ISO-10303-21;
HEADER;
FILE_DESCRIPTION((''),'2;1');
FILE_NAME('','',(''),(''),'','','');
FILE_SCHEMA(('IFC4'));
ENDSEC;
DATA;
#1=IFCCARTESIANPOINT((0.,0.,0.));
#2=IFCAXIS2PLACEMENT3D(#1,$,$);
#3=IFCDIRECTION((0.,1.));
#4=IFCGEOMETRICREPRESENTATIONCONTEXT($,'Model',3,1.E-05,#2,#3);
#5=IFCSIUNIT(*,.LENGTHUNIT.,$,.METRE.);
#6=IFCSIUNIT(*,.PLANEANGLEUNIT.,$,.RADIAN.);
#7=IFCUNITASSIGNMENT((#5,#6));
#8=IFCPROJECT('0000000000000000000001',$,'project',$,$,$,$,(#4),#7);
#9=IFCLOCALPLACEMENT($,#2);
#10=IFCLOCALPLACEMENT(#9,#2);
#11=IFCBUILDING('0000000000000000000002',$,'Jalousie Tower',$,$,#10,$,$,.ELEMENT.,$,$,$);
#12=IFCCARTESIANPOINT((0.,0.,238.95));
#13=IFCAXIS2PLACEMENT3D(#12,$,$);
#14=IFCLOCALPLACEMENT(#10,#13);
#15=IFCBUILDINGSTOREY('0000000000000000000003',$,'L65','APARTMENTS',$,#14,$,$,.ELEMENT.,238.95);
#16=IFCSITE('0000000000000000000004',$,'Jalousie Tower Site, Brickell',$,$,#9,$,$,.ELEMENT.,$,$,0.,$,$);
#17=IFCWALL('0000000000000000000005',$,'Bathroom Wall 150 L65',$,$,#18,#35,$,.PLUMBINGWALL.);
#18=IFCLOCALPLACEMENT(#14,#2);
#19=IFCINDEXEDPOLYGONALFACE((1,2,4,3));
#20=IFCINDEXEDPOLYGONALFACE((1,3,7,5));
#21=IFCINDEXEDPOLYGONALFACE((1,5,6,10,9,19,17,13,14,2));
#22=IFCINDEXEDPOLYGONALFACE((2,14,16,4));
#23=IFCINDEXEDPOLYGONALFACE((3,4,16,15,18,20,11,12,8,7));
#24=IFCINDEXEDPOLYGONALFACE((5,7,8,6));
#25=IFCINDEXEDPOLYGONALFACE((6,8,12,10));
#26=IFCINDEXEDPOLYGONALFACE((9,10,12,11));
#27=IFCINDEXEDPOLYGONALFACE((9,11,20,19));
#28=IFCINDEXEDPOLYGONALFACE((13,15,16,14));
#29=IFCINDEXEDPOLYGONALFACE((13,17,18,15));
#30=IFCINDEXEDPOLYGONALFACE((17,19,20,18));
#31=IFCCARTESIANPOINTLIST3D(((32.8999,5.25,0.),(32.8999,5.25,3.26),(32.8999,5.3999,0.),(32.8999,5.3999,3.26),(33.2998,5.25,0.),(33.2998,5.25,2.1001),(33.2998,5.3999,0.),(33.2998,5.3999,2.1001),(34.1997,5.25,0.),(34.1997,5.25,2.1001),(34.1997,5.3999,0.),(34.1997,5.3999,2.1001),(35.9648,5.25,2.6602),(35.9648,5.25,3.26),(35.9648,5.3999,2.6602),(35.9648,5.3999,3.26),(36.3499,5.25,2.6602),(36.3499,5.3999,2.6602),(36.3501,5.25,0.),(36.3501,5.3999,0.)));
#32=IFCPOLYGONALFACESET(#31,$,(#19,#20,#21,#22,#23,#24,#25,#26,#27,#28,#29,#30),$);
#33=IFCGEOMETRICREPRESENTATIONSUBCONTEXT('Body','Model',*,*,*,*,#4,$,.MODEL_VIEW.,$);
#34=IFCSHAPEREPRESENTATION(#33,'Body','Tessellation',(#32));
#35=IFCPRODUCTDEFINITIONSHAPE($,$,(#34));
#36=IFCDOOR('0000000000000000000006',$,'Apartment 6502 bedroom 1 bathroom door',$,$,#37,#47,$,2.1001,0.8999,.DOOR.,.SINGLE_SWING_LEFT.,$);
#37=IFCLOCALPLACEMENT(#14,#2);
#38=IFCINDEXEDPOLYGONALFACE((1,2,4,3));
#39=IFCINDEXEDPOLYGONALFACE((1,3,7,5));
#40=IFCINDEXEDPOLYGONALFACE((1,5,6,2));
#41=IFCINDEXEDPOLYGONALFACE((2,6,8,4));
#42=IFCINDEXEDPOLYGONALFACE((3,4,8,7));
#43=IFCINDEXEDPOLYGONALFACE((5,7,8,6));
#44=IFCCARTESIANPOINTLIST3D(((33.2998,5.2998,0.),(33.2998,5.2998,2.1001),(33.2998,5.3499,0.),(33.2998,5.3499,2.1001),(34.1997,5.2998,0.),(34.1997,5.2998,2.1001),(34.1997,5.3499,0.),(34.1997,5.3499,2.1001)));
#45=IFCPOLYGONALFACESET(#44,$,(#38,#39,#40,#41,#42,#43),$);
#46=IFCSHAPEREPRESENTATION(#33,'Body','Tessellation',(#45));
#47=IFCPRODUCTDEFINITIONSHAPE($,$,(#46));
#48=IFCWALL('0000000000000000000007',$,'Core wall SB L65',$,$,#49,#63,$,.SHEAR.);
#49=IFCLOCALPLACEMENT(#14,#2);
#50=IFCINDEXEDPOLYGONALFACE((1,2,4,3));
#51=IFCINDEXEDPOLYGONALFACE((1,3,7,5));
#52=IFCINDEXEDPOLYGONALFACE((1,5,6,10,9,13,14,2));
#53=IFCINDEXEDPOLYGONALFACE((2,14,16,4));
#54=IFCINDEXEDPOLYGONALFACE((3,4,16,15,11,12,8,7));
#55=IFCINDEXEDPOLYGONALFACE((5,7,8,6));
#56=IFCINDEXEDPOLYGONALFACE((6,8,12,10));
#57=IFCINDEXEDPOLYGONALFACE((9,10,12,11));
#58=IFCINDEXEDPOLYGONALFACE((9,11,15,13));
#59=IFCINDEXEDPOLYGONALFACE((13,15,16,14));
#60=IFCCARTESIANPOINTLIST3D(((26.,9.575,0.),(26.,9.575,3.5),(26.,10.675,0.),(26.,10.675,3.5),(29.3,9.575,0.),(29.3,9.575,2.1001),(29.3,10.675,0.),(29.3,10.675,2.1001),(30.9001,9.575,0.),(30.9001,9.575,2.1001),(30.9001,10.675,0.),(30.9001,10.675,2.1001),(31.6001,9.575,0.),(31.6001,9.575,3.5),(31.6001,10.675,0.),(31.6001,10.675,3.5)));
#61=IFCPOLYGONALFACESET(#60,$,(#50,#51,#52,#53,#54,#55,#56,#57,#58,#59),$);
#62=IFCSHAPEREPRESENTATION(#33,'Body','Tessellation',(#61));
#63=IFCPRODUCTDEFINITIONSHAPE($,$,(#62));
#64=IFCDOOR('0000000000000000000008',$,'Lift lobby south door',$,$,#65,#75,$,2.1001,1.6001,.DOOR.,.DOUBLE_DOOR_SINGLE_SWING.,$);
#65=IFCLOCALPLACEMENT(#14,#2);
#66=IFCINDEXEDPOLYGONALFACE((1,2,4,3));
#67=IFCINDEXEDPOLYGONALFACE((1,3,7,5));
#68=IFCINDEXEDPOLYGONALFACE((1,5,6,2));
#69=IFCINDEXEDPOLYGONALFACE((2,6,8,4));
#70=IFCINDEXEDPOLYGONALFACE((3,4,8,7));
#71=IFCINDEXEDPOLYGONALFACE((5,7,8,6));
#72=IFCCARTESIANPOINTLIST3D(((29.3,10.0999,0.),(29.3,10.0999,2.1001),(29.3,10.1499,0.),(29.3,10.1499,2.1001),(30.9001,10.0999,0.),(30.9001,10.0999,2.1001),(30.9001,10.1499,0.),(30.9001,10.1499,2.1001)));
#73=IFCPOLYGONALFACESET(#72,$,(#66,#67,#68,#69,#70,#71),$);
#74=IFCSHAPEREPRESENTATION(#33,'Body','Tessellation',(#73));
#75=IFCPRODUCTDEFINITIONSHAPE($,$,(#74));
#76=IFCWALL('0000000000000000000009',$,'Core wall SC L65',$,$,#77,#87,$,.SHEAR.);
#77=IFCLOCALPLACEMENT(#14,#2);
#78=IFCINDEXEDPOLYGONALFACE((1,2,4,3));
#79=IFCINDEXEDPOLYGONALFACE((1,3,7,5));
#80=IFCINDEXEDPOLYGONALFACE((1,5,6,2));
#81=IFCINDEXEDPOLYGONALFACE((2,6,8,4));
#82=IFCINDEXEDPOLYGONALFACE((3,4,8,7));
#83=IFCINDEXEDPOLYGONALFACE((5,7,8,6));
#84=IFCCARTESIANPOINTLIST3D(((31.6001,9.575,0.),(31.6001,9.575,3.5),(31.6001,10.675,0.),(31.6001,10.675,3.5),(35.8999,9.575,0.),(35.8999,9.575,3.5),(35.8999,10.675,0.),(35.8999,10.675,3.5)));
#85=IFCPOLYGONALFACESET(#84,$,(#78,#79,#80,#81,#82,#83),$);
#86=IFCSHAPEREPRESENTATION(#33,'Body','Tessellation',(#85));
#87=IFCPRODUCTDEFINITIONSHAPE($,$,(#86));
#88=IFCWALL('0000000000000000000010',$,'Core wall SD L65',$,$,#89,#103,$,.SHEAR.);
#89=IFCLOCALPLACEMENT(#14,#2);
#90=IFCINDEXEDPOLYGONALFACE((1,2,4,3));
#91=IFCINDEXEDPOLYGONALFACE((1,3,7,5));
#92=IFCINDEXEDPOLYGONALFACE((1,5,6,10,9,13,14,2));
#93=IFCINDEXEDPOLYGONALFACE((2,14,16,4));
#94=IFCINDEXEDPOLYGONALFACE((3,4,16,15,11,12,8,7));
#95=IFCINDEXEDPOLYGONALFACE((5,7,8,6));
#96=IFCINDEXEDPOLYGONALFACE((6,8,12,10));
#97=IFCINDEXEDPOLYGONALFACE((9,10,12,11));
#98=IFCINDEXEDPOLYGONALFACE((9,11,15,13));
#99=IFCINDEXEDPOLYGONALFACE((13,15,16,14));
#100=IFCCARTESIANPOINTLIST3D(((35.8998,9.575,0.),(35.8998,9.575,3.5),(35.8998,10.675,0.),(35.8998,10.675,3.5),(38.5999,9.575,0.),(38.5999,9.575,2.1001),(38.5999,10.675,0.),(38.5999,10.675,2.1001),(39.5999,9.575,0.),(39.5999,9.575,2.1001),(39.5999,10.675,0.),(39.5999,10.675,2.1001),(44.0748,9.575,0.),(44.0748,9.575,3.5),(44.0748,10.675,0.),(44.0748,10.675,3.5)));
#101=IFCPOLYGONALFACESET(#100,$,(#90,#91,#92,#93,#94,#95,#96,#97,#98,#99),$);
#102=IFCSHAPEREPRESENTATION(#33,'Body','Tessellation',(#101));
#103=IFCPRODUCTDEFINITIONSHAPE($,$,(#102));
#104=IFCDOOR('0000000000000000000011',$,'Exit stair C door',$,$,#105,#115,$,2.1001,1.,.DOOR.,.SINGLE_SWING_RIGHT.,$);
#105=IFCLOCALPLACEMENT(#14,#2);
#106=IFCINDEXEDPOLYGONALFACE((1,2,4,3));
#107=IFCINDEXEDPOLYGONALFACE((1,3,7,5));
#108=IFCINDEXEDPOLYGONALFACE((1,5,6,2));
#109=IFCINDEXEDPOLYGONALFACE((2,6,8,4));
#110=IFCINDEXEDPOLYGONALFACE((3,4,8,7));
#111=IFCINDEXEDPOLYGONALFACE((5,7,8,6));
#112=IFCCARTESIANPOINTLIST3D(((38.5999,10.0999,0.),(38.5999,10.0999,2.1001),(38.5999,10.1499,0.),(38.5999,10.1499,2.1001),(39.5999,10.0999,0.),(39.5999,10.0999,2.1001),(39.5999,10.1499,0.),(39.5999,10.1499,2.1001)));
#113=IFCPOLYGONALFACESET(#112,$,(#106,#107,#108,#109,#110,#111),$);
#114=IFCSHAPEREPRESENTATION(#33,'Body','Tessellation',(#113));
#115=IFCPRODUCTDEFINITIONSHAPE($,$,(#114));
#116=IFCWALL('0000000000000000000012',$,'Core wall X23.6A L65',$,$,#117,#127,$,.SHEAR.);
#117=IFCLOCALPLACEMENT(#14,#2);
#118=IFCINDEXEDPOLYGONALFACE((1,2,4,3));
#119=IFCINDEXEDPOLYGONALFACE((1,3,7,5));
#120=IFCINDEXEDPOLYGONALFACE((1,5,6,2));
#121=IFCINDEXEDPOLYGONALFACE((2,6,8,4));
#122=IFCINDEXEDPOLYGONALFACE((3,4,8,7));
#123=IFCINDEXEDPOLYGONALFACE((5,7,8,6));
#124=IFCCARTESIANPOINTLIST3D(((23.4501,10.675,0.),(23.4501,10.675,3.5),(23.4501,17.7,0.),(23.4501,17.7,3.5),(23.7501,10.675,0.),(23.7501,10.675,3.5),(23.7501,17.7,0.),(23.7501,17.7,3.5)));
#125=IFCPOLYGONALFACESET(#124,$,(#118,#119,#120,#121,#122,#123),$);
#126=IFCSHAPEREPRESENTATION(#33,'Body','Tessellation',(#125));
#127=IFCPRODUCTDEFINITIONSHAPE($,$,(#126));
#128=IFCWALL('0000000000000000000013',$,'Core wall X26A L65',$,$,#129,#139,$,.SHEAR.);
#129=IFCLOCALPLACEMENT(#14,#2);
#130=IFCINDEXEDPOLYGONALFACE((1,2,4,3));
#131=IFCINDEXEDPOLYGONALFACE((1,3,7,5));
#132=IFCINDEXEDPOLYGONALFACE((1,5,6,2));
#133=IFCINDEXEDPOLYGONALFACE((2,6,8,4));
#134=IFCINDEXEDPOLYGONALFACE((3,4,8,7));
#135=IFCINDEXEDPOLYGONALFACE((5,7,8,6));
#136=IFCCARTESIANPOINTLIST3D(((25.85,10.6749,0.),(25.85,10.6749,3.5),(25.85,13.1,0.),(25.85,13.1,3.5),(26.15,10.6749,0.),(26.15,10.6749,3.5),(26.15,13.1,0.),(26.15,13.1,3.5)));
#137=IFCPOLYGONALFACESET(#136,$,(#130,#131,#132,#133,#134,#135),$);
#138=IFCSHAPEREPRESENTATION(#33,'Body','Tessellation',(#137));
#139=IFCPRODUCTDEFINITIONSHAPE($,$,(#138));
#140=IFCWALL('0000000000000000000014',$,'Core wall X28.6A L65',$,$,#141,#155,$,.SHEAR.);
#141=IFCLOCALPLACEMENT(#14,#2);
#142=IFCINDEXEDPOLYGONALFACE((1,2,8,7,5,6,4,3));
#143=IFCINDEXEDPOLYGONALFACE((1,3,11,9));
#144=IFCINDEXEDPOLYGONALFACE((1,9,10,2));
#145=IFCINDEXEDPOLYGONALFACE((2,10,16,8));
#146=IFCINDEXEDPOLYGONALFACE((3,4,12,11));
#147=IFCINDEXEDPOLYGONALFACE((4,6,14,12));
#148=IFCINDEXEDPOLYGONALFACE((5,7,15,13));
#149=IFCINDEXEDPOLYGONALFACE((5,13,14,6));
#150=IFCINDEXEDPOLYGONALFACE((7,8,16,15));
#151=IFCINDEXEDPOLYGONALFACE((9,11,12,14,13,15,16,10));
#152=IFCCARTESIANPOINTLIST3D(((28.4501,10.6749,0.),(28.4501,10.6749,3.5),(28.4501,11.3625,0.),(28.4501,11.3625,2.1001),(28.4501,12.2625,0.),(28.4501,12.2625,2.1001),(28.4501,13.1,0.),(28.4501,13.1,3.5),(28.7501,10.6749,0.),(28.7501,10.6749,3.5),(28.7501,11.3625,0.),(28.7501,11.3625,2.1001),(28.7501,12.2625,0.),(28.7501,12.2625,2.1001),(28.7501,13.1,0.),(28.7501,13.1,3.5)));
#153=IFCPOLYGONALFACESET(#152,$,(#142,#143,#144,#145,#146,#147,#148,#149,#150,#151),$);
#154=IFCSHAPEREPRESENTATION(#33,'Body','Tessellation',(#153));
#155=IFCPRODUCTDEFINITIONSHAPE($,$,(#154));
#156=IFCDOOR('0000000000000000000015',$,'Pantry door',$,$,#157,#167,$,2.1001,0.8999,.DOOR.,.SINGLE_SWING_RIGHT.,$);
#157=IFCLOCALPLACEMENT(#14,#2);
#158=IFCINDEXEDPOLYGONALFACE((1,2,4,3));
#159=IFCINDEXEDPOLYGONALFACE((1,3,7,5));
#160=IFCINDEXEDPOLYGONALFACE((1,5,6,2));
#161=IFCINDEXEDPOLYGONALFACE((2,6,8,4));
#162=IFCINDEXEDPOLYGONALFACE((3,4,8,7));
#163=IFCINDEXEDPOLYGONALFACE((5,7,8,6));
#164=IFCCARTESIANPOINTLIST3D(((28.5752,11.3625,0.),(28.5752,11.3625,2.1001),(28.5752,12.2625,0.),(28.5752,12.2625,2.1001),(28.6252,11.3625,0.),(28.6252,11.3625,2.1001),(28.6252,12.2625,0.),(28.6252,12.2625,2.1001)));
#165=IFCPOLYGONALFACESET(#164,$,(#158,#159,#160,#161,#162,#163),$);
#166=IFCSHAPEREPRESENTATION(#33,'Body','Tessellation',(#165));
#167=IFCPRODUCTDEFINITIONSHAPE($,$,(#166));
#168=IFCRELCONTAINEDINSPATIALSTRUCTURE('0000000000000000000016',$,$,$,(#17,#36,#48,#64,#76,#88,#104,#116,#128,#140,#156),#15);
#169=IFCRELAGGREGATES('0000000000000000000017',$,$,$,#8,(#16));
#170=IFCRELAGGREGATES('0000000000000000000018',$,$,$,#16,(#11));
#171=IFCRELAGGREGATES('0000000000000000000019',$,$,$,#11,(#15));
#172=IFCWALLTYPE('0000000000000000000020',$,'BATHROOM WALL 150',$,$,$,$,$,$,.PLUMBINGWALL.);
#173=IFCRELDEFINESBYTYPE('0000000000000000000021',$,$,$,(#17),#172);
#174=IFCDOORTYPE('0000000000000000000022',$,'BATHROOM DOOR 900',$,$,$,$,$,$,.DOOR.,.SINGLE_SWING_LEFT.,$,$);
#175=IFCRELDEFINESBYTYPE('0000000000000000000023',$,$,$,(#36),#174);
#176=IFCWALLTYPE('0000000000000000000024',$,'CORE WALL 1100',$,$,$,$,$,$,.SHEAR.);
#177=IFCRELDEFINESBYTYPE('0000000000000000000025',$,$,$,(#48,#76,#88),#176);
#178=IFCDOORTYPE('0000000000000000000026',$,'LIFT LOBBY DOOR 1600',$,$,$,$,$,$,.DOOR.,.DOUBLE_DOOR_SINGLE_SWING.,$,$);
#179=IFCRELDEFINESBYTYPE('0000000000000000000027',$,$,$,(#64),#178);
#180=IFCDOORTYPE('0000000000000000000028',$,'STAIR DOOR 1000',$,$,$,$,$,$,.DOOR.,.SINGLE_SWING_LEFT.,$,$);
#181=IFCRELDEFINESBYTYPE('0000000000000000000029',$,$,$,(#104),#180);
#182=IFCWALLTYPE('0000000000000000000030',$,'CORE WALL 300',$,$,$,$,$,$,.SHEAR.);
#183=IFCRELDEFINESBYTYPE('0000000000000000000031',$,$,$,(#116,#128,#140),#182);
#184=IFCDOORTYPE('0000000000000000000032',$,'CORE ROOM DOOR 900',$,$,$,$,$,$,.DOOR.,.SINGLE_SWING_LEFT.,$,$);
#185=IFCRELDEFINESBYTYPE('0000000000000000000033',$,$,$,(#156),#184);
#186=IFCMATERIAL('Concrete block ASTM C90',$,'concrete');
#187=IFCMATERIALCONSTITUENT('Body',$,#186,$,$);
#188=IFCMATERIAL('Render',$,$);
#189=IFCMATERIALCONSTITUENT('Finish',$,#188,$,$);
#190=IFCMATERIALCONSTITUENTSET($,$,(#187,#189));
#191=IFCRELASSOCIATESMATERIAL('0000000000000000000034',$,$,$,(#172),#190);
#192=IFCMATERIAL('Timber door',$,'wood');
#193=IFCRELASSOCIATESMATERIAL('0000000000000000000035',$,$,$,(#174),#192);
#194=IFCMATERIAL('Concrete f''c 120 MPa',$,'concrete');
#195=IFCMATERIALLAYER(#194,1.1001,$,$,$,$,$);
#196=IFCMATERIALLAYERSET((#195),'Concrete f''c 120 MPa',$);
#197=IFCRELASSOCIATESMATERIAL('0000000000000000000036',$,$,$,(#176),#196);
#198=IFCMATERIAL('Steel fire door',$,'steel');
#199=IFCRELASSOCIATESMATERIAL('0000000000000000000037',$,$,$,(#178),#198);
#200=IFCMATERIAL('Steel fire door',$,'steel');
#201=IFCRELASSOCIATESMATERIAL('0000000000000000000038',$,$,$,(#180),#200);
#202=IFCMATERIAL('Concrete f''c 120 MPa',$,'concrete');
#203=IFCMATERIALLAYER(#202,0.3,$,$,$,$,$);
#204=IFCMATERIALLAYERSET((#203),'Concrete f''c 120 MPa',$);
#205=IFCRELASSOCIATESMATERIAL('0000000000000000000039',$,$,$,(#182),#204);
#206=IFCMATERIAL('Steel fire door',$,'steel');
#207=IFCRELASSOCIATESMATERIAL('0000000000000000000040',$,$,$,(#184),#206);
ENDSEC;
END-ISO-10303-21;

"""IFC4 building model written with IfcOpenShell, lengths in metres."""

from ifc_helpers import new_model, si_unit, direction, frame, frame_2d, origin, place, context, subcontext, project, spatial, polyline, rectangle, outline, extrude, material, layer, layer_set, constituent, constituent_set, type_object, element, fill, save


model = new_model("IFC4")

# Units and contexts
model_context = context("Model", 3, precision=1e-05, world=origin(), true_north=direction((0.0, 1.0)))
body_context = subcontext(model_context, "Body", "Model", "MODEL_VIEW")
ifc_project = project(units=[si_unit("LENGTHUNIT", "METRE"), si_unit("PLANEANGLEUNIT", "RADIAN")], contexts=[model_context])

# Site, building, storey
site_placement = place(None, origin())
site = spatial("IfcSite", under=ifc_project, at=site_placement, Name="Jalousie Tower Site, Brickell", CompositionType="ELEMENT", RefElevation=0.0)
building_placement = place(site_placement, origin())
building = spatial("IfcBuilding", under=site, at=building_placement, Name="Jalousie Tower", CompositionType="ELEMENT")
storey_placement = place(building_placement, frame((0.0, 0.0, 238.95)))
storey = spatial("IfcBuildingStorey", under=building, at=storey_placement, Name="L65", Description="APARTMENTS", CompositionType="ELEMENT", Elevation=238.95)

# Walls, openings, doors
ifc_material_1 = material(Name="Concrete block ASTM C90", Category="concrete")
ifc_constituent_1 = constituent(ifc_material_1, Name="Body")
ifc_material_2 = material(Name="Render")
ifc_constituent_2 = constituent(ifc_material_2, Name="Finish")
ifc_constituent_set_1 = constituent_set(constituents=[ifc_constituent_1, ifc_constituent_2])
wall_type_1 = type_object("IfcWallType", Name="BATHROOM WALL 150", PredefinedType="PLUMBINGWALL", material=ifc_constituent_set_1)
wall_1_placement = place(storey_placement, frame((32.8999, 5.325, 0.0), z_axis=(0.0, 0.0, 1.0), x_axis=(1.0, 0.0, 0.0)))
wall_1 = element("IfcWall", 1, at=wall_1_placement, inside=storey, type_object=wall_type_1, Name="Bathroom Wall 150 L65", PredefinedType="PLUMBINGWALL", context=body_context, shape_type="SweptSolid", body=[
    extrude(outline(polyline([(0.0, 0.0), (3.4502, 0.0), (3.45, 3.26), (3.45, 2.6602), (3.0649, 2.6602), (3.0649, 3.26), (0.0, 3.26), (0.0, 0.0)])), frame((0.0, 0.075, 0.0), z_axis=(0.0, -1.0, 0.0), x_axis=(1.0, 0.0, 0.0)), (0.0, 0.0, 1.0), 0.1499),
])
opening_1_placement = place(wall_1_placement, frame((0.3999, 0.0, 0.0)))
opening_1 = element("IfcOpeningElement", 2, at=opening_1_placement, cuts=wall_1, PredefinedType="OPENING", context=body_context, shape_type="SweptSolid", body=[
    extrude(rectangle(XDim=0.8999, YDim=2.1001, at=frame_2d((0.45, 1.05))), frame((0.0, 0.085, 0.0), z_axis=(0.0, -1.0, 0.0), x_axis=(1.0, 0.0, 0.0)), (0.0, 0.0, 1.0), 0.1699),
])
ifc_material_3 = material(Name="Timber door", Category="wood")
door_type_1 = type_object("IfcDoorType", Name="BATHROOM DOOR 900", OperationType="SINGLE_SWING_LEFT", PredefinedType="DOOR", material=ifc_material_3)
door_1_placement = place(opening_1_placement, origin())
door_1 = element("IfcDoor", 3, at=door_1_placement, inside=storey, type_object=door_type_1, Name="Apartment 6502 bedroom 1 bathroom door", OperationType="SINGLE_SWING_LEFT", OverallHeight=2.1001, OverallWidth=0.8999, PredefinedType="DOOR", context=body_context, shape_type="SweptSolid", body=[
    extrude(rectangle(XDim=0.8999, YDim=2.1001, at=frame_2d((0.45, 1.05))), frame((0.0, 0.0249, 0.0), z_axis=(0.0, -1.0, 0.0), x_axis=(1.0, 0.0, 0.0)), (0.0, 0.0, 1.0), 0.05),
])
fill(opening_1, door_1)
ifc_material_4 = material(Name="Concrete f'c 120 MPa", Category="concrete")
ifc_layer_1 = layer(ifc_material_4, 1.1001)
ifc_layer_set_1 = layer_set([ifc_layer_1], Name="Concrete f'c 120 MPa")
wall_type_2 = type_object("IfcWallType", Name="CORE WALL 1100", PredefinedType="SHEAR", material=ifc_layer_set_1)
wall_2_placement = place(storey_placement, frame((26.0, 10.125, 0.0), z_axis=(0.0, 0.0, 1.0), x_axis=(1.0, 0.0, 0.0)))
wall_2 = element("IfcWall", 4, at=wall_2_placement, inside=storey, type_object=wall_type_2, Name="Core wall SB L65", PredefinedType="SHEAR", context=body_context, shape_type="SweptSolid", body=[
    extrude(rectangle(XDim=5.6001, YDim=1.1001, at=frame_2d((2.8, 0.0))), origin(), (0.0, 0.0, 1.0), 3.5),
])
opening_2_placement = place(wall_2_placement, frame((3.3, 0.0, 0.0)))
opening_2 = element("IfcOpeningElement", 5, at=opening_2_placement, cuts=wall_2, PredefinedType="OPENING", context=body_context, shape_type="SweptSolid", body=[
    extrude(rectangle(XDim=1.6001, YDim=2.1001, at=frame_2d((0.8, 1.05))), frame((0.0, 0.5601, 0.0), z_axis=(0.0, -1.0, 0.0), x_axis=(1.0, 0.0, 0.0)), (0.0, 0.0, 1.0), 1.1201),
])
ifc_material_5 = material(Name="Steel fire door", Category="steel")
door_type_2 = type_object("IfcDoorType", Name="LIFT LOBBY DOOR 1600", OperationType="DOUBLE_DOOR_SINGLE_SWING", PredefinedType="DOOR", material=ifc_material_5)
door_2_placement = place(opening_2_placement, origin())
door_2 = element("IfcDoor", 6, at=door_2_placement, inside=storey, type_object=door_type_2, Name="Lift lobby south door", OperationType="DOUBLE_DOOR_SINGLE_SWING", OverallHeight=2.1001, OverallWidth=1.6001, PredefinedType="DOOR", context=body_context, shape_type="SweptSolid", body=[
    extrude(rectangle(XDim=1.6001, YDim=2.1001, at=frame_2d((0.8, 1.05))), frame((0.0, 0.0249, 0.0), z_axis=(0.0, -1.0, 0.0), x_axis=(1.0, 0.0, 0.0)), (0.0, 0.0, 1.0), 0.05),
])
fill(opening_2, door_2)

# Wall
wall_3_placement = place(storey_placement, frame((31.6001, 10.125, 0.0), z_axis=(0.0, 0.0, 1.0), x_axis=(1.0, 0.0, 0.0)))
element("IfcWall", 7, at=wall_3_placement, inside=storey, type_object=wall_type_2, Name="Core wall SC L65", PredefinedType="SHEAR", context=body_context, shape_type="SweptSolid", body=[
    extrude(rectangle(XDim=4.2998, YDim=1.1001, at=frame_2d((2.1499, 0.0))), origin(), (0.0, 0.0, 1.0), 3.5),
])

# Wall, opening, door
wall_4_placement = place(storey_placement, frame((35.8999, 10.125, 0.0), z_axis=(0.0, 0.0, 1.0), x_axis=(1.0, 0.0, 0.0)))
wall_4 = element("IfcWall", 8, at=wall_4_placement, inside=storey, type_object=wall_type_2, Name="Core wall SD L65", PredefinedType="SHEAR", context=body_context, shape_type="SweptSolid", body=[
    extrude(rectangle(XDim=8.175, YDim=1.1001, at=frame_2d((4.0874, 0.0))), origin(), (0.0, 0.0, 1.0), 3.5),
])
opening_3_placement = place(wall_4_placement, frame((2.7, 0.0, 0.0)))
opening_3 = element("IfcOpeningElement", 9, at=opening_3_placement, cuts=wall_4, PredefinedType="OPENING", context=body_context, shape_type="SweptSolid", body=[
    extrude(rectangle(XDim=1.0, YDim=2.1001, at=frame_2d((0.5, 1.05))), frame((0.0, 0.5601, 0.0), z_axis=(0.0, -1.0, 0.0), x_axis=(1.0, 0.0, 0.0)), (0.0, 0.0, 1.0), 1.1201),
])
ifc_material_6 = material(Name="Steel fire door", Category="steel")
door_type_3 = type_object("IfcDoorType", Name="STAIR DOOR 1000", OperationType="SINGLE_SWING_LEFT", PredefinedType="DOOR", material=ifc_material_6)
door_3_placement = place(opening_3_placement, origin())
door_3 = element("IfcDoor", 10, at=door_3_placement, inside=storey, type_object=door_type_3, Name="Exit stair C door", OperationType="SINGLE_SWING_RIGHT", OverallHeight=2.1001, OverallWidth=1.0, PredefinedType="DOOR", context=body_context, shape_type="SweptSolid", body=[
    extrude(rectangle(XDim=1.0, YDim=2.1001, at=frame_2d((0.5, 1.05))), frame((0.0, 0.0249, 0.0), z_axis=(0.0, -1.0, 0.0), x_axis=(1.0, 0.0, 0.0)), (0.0, 0.0, 1.0), 0.05),
])
fill(opening_3, door_3)

# Walls
ifc_material_7 = material(Name="Concrete f'c 120 MPa", Category="concrete")
ifc_layer_2 = layer(ifc_material_7, 0.3)
ifc_layer_set_2 = layer_set([ifc_layer_2], Name="Concrete f'c 120 MPa")
wall_type_3 = type_object("IfcWallType", Name="CORE WALL 300", PredefinedType="SHEAR", material=ifc_layer_set_2)
wall_5_placement = place(storey_placement, frame((23.6001, 10.675, 0.0), z_axis=(0.0, 0.0, 1.0), x_axis=(0.0, 1.0, 0.0)))
element("IfcWall", 11, at=wall_5_placement, inside=storey, type_object=wall_type_3, Name="Core wall X23.6A L65", PredefinedType="SHEAR", context=body_context, shape_type="SweptSolid", body=[
    extrude(rectangle(XDim=7.0249, YDim=0.3, at=frame_2d((3.5125, 0.0))), origin(), (0.0, 0.0, 1.0), 3.5),
])
wall_6_placement = place(storey_placement, frame((26.0, 10.675, 0.0), z_axis=(0.0, 0.0, 1.0), x_axis=(0.0, 1.0, 0.0)))
element("IfcWall", 12, at=wall_6_placement, inside=storey, type_object=wall_type_3, Name="Core wall X26A L65", PredefinedType="SHEAR", context=body_context, shape_type="SweptSolid", body=[
    extrude(rectangle(XDim=2.425, YDim=0.3, at=frame_2d((1.2124, 0.0))), origin(), (0.0, 0.0, 1.0), 3.5),
])

# Wall, opening, door
wall_7_placement = place(storey_placement, frame((28.6001, 10.675, 0.0), z_axis=(0.0, 0.0, 1.0), x_axis=(0.0, 1.0, 0.0)))
wall_7 = element("IfcWall", 13, at=wall_7_placement, inside=storey, type_object=wall_type_3, Name="Core wall X28.6A L65", PredefinedType="SHEAR", context=body_context, shape_type="SweptSolid", body=[
    extrude(rectangle(XDim=2.425, YDim=0.3, at=frame_2d((1.2124, 0.0))), origin(), (0.0, 0.0, 1.0), 3.5),
])
opening_4_placement = place(wall_7_placement, frame((0.6875, 0.0, 0.0)))
opening_4 = element("IfcOpeningElement", 14, at=opening_4_placement, cuts=wall_7, PredefinedType="OPENING", context=body_context, shape_type="SweptSolid", body=[
    extrude(rectangle(XDim=0.8999, YDim=2.1001, at=frame_2d((0.45, 1.05))), frame((0.0, 0.1599, 0.0), z_axis=(0.0, -1.0, 0.0), x_axis=(1.0, 0.0, 0.0)), (0.0, 0.0, 1.0), 0.3201),
])
ifc_material_8 = material(Name="Steel fire door", Category="steel")
door_type_4 = type_object("IfcDoorType", Name="CORE ROOM DOOR 900", OperationType="SINGLE_SWING_LEFT", PredefinedType="DOOR", material=ifc_material_8)
door_4_placement = place(opening_4_placement, origin())
door_4 = element("IfcDoor", 15, at=door_4_placement, inside=storey, type_object=door_type_4, Name="Pantry door", OperationType="SINGLE_SWING_RIGHT", OverallHeight=2.1001, OverallWidth=0.8999, PredefinedType="DOOR", context=body_context, shape_type="SweptSolid", body=[
    extrude(rectangle(XDim=0.8999, YDim=2.1001, at=frame_2d((0.45, 1.05))), frame((0.0, 0.0249, 0.0), z_axis=(0.0, -1.0, 0.0), x_axis=(1.0, 0.0, 0.0)), (0.0, 0.0, 1.0), 0.05),
])
fill(opening_4, door_4)

save(model, "model.ifc")
